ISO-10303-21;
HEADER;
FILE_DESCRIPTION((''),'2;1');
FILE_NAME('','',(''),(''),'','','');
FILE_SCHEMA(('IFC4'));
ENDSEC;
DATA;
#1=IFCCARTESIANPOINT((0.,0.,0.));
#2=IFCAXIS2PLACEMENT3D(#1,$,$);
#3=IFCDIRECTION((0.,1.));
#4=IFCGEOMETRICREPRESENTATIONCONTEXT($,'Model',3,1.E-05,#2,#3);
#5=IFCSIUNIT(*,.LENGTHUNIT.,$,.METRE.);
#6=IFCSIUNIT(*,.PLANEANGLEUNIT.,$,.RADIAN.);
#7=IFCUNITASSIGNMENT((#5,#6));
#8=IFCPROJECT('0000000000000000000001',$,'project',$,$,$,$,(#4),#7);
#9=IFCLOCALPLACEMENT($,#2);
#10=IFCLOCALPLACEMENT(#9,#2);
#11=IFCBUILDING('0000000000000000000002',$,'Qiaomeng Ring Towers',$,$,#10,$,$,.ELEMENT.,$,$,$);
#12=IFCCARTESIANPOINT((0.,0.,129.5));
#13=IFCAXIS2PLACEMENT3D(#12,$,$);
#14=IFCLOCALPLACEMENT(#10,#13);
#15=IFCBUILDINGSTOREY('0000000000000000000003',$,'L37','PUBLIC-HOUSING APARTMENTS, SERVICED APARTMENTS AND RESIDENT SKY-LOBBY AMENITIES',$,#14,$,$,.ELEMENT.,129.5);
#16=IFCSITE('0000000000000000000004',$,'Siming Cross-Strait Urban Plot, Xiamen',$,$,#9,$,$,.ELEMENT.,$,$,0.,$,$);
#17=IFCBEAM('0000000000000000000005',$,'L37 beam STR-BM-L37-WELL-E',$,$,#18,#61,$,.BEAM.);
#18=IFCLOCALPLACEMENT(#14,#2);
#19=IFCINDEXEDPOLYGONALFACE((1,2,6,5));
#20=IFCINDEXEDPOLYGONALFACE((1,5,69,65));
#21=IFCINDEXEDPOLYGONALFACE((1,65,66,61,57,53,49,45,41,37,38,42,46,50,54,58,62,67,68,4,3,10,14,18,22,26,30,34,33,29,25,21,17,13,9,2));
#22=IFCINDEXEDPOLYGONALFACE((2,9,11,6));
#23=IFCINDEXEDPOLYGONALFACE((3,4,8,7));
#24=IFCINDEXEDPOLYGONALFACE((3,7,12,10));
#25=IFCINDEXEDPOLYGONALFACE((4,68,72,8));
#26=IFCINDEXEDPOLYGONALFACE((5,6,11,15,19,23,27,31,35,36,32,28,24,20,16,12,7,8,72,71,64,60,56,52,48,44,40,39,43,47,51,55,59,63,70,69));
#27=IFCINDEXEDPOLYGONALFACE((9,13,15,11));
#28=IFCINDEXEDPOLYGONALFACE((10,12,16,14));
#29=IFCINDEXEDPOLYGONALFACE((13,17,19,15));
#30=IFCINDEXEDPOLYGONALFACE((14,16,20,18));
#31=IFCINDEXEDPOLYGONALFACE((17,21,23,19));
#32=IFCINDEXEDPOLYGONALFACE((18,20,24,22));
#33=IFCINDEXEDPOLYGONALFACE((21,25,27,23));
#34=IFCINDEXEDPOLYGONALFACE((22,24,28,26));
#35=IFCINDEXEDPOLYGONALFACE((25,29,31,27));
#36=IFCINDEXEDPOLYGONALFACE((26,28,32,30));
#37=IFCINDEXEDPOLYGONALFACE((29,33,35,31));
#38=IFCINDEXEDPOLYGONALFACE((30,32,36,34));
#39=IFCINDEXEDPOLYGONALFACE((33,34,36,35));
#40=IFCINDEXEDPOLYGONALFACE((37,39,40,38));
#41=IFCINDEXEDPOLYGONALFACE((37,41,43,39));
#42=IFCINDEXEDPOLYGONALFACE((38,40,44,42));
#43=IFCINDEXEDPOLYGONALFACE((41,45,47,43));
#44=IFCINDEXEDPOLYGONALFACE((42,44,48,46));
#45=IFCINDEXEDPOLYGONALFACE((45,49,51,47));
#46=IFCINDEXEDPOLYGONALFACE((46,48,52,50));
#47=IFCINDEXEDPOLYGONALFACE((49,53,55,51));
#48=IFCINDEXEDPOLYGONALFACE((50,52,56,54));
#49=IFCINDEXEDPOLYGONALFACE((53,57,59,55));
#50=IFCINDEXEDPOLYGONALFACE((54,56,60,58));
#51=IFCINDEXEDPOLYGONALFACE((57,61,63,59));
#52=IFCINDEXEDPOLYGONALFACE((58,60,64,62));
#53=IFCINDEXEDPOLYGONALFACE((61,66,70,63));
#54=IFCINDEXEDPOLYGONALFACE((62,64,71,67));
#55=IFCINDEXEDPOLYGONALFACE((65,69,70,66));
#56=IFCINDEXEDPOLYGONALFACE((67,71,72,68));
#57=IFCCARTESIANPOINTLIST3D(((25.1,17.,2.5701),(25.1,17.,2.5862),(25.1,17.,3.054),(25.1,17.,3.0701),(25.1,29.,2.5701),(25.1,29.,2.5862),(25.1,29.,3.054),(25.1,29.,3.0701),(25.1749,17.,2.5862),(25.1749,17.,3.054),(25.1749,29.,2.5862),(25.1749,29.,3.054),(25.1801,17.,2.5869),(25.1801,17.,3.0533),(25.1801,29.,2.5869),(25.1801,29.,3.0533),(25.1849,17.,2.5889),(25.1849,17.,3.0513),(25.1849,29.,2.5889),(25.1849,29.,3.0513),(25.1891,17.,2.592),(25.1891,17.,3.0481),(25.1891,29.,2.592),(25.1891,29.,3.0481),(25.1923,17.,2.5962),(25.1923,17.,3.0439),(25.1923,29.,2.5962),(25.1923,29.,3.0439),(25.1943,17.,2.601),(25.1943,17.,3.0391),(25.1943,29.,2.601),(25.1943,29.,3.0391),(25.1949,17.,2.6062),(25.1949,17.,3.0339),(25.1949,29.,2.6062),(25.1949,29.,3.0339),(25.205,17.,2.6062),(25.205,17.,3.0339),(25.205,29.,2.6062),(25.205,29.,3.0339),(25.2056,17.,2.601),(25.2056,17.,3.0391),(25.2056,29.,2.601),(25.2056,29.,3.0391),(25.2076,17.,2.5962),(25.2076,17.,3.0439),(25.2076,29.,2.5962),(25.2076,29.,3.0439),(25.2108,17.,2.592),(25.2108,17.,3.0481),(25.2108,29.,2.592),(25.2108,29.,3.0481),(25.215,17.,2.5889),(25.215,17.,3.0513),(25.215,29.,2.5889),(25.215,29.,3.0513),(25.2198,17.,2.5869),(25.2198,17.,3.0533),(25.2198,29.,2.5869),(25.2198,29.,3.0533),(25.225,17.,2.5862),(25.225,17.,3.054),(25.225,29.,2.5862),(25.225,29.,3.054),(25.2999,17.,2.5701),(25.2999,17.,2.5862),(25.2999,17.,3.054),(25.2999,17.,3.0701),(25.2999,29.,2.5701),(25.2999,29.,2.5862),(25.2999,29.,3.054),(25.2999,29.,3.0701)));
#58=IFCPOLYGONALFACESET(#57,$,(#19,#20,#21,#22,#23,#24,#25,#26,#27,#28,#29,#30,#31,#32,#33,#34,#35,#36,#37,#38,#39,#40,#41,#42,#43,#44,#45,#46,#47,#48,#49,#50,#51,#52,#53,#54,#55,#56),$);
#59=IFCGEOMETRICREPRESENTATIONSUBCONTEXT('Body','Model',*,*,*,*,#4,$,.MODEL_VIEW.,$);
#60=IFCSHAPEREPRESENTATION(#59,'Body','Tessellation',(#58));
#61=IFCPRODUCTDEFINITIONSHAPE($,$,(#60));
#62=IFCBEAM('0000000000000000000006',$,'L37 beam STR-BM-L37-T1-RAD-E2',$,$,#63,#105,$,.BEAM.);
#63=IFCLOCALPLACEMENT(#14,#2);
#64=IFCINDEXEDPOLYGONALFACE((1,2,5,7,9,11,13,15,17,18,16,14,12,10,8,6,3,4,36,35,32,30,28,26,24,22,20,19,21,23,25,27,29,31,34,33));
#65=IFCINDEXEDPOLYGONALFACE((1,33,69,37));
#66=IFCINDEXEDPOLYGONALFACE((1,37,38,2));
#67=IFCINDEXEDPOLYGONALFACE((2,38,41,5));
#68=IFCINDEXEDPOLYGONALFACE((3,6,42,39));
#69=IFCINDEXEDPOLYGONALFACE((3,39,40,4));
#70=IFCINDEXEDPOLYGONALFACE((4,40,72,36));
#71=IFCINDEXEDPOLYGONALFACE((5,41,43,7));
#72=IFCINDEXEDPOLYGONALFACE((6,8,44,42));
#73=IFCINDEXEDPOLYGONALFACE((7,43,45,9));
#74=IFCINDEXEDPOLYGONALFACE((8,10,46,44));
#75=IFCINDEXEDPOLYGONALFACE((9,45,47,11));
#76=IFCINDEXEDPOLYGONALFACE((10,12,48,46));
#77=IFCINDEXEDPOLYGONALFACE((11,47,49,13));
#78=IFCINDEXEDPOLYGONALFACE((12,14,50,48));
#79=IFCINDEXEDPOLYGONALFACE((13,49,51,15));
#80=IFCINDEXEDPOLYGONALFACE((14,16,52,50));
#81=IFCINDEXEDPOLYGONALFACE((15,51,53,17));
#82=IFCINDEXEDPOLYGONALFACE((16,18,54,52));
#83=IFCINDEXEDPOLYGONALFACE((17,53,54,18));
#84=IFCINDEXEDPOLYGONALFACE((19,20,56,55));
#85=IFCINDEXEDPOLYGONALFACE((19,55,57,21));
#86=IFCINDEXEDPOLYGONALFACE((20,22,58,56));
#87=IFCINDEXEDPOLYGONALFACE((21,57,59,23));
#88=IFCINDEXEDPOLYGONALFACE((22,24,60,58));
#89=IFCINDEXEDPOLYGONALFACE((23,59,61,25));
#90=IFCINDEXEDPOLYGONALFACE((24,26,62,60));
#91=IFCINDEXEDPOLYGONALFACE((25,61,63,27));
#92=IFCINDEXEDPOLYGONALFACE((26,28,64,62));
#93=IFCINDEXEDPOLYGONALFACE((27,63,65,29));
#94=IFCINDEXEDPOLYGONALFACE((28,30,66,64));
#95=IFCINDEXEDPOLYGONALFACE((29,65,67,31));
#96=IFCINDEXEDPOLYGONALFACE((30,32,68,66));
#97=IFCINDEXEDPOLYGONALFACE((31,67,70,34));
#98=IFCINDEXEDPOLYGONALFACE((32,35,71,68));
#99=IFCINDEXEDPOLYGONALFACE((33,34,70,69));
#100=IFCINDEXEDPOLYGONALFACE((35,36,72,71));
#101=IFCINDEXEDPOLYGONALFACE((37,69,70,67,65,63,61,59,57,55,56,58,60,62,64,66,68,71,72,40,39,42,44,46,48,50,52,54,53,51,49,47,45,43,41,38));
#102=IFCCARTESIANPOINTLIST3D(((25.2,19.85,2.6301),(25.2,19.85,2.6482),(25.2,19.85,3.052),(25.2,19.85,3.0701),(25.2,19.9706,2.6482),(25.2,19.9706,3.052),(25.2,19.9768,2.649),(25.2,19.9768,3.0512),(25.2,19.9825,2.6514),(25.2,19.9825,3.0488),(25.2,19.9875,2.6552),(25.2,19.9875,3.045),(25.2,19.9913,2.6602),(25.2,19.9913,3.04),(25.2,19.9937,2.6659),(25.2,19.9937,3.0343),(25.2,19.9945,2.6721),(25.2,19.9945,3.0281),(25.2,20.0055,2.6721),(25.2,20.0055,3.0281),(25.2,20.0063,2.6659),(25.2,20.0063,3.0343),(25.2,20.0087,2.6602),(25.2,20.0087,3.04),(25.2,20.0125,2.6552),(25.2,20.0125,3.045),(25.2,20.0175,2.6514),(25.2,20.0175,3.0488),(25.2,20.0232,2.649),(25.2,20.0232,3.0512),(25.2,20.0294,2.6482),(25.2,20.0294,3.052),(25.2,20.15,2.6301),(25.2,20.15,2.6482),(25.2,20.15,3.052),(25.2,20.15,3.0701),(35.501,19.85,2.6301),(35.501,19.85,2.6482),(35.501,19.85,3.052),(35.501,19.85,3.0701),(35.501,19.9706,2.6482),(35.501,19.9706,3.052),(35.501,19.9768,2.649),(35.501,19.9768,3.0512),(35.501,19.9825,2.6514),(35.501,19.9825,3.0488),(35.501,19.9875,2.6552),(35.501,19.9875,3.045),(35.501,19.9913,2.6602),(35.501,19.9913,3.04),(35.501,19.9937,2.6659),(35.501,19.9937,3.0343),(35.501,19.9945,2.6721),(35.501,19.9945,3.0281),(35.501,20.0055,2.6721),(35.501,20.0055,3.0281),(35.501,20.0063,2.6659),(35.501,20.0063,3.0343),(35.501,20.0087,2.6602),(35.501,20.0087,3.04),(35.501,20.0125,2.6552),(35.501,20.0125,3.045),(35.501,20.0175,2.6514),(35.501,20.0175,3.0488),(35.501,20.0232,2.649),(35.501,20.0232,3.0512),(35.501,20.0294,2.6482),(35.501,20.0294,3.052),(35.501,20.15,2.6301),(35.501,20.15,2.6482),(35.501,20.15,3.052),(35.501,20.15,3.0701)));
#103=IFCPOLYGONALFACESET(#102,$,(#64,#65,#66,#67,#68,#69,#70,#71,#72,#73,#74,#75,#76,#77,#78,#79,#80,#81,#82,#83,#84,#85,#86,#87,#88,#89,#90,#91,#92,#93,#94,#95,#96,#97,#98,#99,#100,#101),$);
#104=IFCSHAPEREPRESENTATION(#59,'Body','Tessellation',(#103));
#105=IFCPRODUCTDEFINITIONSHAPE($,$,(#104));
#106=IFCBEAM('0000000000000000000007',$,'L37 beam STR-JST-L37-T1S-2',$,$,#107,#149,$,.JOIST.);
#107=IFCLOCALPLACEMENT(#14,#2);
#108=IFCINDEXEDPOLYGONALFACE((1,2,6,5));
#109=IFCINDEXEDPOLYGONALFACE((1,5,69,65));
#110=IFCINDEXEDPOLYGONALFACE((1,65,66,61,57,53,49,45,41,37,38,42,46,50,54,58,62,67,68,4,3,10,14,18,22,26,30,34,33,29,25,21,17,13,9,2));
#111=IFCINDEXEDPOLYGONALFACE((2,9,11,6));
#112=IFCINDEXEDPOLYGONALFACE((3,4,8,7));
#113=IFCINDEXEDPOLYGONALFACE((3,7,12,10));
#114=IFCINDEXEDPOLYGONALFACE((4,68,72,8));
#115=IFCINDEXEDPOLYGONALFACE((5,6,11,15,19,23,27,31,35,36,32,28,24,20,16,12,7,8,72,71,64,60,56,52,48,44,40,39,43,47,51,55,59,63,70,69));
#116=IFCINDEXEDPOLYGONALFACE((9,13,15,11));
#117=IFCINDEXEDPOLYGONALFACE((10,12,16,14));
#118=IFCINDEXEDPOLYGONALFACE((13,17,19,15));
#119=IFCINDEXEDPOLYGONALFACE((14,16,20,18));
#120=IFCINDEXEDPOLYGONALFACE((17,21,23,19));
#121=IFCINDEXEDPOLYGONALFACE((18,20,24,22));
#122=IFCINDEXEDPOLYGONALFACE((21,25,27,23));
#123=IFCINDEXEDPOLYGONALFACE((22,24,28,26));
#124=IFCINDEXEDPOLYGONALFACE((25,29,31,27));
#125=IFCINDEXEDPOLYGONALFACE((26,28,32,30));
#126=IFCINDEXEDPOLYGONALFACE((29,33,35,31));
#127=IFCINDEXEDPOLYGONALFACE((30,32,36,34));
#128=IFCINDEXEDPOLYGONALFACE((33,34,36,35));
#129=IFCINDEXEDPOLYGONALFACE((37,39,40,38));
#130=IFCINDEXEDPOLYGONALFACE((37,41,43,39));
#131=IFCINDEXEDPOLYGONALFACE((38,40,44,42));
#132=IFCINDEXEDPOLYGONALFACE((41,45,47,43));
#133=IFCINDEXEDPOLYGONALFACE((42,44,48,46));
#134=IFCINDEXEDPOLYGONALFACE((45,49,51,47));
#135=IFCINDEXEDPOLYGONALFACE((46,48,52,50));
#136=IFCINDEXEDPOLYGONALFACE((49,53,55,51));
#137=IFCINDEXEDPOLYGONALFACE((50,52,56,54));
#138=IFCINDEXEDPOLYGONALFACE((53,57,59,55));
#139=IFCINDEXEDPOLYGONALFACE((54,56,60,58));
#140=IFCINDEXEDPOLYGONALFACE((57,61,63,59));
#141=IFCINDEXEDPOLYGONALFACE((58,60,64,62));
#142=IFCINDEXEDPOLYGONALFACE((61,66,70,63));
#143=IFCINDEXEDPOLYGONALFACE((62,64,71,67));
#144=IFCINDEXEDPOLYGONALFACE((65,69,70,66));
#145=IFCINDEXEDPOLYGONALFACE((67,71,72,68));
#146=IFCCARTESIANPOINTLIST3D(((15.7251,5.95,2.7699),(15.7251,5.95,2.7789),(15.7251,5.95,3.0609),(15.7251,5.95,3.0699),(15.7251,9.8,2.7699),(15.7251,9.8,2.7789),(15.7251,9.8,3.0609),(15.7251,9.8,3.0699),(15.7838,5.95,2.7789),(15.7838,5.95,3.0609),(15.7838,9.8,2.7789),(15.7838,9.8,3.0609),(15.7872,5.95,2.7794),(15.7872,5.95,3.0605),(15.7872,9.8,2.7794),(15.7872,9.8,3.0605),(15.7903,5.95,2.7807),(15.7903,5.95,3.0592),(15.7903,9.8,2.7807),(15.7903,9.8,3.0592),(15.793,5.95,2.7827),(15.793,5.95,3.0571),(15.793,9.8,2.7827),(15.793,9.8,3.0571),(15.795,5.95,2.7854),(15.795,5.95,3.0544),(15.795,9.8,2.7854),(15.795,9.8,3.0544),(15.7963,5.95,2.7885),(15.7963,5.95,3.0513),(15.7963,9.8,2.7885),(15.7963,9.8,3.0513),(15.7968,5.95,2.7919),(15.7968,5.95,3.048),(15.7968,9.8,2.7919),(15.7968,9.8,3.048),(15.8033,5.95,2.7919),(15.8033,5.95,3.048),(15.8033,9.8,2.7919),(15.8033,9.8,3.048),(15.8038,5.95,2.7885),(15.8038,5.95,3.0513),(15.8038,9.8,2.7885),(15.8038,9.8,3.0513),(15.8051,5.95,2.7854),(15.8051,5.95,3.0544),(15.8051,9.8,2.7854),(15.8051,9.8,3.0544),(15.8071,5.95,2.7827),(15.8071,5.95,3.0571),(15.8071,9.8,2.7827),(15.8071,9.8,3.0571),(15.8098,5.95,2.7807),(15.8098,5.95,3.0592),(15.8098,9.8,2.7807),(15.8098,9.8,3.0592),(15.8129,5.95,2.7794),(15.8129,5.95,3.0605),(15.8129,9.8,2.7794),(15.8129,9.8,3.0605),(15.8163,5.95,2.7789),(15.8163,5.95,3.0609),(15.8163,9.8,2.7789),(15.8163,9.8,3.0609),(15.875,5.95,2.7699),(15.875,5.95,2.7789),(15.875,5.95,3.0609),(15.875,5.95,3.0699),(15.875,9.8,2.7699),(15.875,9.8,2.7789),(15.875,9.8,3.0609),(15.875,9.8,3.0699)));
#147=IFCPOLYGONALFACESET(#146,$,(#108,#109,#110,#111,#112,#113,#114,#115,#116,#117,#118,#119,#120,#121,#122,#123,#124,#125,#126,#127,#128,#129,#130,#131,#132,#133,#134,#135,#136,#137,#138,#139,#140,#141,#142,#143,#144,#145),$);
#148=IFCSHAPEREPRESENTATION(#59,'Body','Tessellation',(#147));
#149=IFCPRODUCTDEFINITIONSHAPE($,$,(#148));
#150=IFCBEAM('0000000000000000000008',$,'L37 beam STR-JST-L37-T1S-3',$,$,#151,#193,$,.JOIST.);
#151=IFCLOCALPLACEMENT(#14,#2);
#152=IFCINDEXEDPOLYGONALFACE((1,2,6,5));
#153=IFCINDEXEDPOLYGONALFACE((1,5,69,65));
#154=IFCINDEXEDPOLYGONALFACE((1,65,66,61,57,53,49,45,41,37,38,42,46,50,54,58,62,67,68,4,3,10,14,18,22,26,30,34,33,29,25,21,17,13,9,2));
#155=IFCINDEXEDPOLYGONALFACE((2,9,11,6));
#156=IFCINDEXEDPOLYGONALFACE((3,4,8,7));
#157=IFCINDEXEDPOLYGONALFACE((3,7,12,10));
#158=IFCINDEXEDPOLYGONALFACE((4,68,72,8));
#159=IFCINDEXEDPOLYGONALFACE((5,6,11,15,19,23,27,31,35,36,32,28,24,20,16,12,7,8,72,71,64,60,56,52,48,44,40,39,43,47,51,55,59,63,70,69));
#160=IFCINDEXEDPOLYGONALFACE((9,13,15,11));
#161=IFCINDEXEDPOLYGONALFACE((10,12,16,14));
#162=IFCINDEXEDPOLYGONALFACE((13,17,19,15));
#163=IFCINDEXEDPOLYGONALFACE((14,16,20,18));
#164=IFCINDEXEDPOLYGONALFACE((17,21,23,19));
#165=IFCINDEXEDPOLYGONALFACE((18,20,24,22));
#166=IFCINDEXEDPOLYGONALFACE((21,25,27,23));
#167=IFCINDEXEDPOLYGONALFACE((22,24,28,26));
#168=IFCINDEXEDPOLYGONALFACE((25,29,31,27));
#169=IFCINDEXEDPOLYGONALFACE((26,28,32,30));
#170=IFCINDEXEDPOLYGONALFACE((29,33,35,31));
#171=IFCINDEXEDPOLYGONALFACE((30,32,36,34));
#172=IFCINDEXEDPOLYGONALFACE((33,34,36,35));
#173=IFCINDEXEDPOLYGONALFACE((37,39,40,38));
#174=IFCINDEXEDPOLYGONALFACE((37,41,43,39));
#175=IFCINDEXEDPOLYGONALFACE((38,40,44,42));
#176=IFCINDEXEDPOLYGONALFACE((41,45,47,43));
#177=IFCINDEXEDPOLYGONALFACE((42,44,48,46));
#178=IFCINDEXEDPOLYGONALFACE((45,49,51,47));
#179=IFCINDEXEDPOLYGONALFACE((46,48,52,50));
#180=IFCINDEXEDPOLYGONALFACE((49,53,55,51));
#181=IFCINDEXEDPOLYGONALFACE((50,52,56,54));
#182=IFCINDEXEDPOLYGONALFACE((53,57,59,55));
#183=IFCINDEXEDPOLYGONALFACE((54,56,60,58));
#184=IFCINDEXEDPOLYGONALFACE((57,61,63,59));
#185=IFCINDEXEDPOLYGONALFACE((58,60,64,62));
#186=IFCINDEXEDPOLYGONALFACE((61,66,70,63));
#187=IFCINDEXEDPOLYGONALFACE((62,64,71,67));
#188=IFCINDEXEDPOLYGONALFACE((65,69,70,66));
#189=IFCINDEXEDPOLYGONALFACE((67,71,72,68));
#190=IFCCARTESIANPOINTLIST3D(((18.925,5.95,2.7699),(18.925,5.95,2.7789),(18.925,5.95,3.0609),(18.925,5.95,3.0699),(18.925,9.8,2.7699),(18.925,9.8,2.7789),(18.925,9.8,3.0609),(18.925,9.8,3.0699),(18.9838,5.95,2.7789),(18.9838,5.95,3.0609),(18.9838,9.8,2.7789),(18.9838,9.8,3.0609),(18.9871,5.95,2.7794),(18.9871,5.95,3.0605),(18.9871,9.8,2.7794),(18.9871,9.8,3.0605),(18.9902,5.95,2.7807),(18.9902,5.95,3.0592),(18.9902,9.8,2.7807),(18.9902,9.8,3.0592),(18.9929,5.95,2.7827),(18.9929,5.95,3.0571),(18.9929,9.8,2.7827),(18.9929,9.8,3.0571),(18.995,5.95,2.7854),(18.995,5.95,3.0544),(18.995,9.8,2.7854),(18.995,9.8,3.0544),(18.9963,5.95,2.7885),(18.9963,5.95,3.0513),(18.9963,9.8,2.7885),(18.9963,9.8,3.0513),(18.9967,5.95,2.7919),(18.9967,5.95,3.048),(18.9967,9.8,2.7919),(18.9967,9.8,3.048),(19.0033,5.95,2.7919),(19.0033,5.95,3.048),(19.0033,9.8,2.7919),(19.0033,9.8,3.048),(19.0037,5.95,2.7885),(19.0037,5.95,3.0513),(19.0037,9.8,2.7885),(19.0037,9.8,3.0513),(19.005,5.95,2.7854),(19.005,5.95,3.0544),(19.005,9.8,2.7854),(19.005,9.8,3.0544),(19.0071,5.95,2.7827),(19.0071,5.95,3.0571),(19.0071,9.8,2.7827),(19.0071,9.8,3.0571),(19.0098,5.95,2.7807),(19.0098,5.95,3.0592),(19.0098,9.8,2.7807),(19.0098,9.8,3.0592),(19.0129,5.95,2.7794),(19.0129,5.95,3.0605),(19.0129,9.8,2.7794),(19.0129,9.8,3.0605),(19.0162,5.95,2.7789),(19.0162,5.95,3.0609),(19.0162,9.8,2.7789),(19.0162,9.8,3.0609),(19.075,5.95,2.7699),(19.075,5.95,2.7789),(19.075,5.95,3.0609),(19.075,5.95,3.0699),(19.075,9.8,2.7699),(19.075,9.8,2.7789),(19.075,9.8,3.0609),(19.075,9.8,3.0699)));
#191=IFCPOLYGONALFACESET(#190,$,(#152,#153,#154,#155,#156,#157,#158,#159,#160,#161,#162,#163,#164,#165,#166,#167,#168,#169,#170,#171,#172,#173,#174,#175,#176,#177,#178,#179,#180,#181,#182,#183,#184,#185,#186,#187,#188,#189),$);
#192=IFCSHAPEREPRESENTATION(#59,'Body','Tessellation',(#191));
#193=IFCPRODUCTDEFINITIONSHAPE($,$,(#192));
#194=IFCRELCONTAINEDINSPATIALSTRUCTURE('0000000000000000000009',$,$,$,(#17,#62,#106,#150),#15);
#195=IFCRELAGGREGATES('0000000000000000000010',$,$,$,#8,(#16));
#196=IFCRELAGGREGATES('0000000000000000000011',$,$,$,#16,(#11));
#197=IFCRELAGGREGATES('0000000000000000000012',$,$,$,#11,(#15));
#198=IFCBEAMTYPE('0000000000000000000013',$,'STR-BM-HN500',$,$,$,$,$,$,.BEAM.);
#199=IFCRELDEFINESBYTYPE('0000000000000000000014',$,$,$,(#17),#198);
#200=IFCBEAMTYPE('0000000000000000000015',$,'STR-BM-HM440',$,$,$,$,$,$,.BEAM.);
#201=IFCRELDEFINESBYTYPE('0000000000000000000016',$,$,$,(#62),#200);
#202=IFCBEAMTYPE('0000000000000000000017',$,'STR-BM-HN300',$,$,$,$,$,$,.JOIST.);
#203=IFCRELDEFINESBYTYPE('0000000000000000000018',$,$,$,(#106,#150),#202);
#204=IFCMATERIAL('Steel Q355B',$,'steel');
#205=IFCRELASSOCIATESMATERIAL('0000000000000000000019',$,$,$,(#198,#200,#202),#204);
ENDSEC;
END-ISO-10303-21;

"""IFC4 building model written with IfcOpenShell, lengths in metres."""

from ifc_helpers import new_model, si_unit, direction, frame, origin, origin_2d, place, context, subcontext, project, spatial, i_section, extrude, source, transform, mapped, material, material_profile, profile_set, type_object, element, save


model = new_model("IFC4")

# Units and contexts
model_context = context("Model", 3, precision=1e-05, world=origin(), true_north=direction((0.0, 1.0)))
body_context = subcontext(model_context, "Body", "Model", "MODEL_VIEW")
ifc_project = project(units=[si_unit("LENGTHUNIT", "METRE"), si_unit("PLANEANGLEUNIT", "RADIAN")], contexts=[model_context])

# Site, building, storey
site_placement = place(None, origin())
site = spatial("IfcSite", under=ifc_project, at=site_placement, Name="Siming Cross-Strait Urban Plot, Xiamen", CompositionType="ELEMENT", RefElevation=0.0)
building_placement = place(site_placement, origin())
building = spatial("IfcBuilding", under=site, at=building_placement, Name="Qiaomeng Ring Towers", CompositionType="ELEMENT")
storey_placement = place(building_placement, frame((0.0, 0.0, 129.5)))
storey = spatial("IfcBuildingStorey", under=building, at=storey_placement, Name="L37", Description="PUBLIC-HOUSING APARTMENTS, SERVICED APARTMENTS AND RESIDENT SKY-LOBBY AMENITIES", CompositionType="ELEMENT", Elevation=129.5)

# Beams
ifc_material_1 = material(Name="Steel Q355B", Category="steel")
ifc_material_profile_1 = material_profile(ifc_material_1, i_section(OverallWidth=0.2, OverallDepth=0.5, WebThickness=0.01, FlangeThickness=0.0161, FilletRadius=0.02, at=origin_2d()), Name="HN 500x200x10x16")
ifc_profile_set_1 = profile_set([ifc_material_profile_1], Name="Steel Q355B")
beam_type_1 = type_object("IfcBeamType", Name="STR-BM-HN500", PredefinedType="BEAM", material=ifc_profile_set_1)
shared_shape_1 = source(origin(), body_context, "Body", "SweptSolid", [
    extrude(i_section(OverallWidth=0.2, OverallDepth=0.5, WebThickness=0.01, FlangeThickness=0.0161, FilletRadius=0.02, at=origin_2d()), origin(), (0.0, 0.0, 1.0), 12.0),
])
beam_1_placement = place(storey_placement, frame((25.2, 17.0, 2.8201), z_axis=(0.0, 1.0, 0.0), x_axis=(-1.0, 0.0, 0.0)))
element("IfcBeam", 1, at=beam_1_placement, inside=storey, type_object=beam_type_1, Name="L37 beam STR-BM-L37-WELL-E", PredefinedType="BEAM", context=body_context, shape_type="MappedRepresentation", body=[
    mapped(shared_shape_1, transform((0.0, 0.0, 0.0), x_axis=(1.0, 0.0, 0.0), y_axis=(0.0, 1.0, 0.0), z_axis=(0.0, 0.0, 1.0), scale=1.0)),
])
ifc_material_profile_2 = material_profile(ifc_material_1, i_section(OverallWidth=0.3, OverallDepth=0.4399, WebThickness=0.011, FlangeThickness=0.0181, FilletRadius=0.0239, at=origin_2d()), Name="HM 440x300x11x18")
ifc_profile_set_2 = profile_set([ifc_material_profile_2], Name="Steel Q355B")
beam_type_2 = type_object("IfcBeamType", Name="STR-BM-HM440", PredefinedType="BEAM", material=ifc_profile_set_2)
shared_shape_2 = source(origin(), body_context, "Body", "SweptSolid", [
    extrude(i_section(OverallWidth=0.3, OverallDepth=0.4399, WebThickness=0.011, FlangeThickness=0.0181, FilletRadius=0.0239, at=origin_2d()), origin(), (0.0, 0.0, 1.0), 10.301),
])
beam_2_placement = place(storey_placement, frame((25.2, 20.0, 2.8501), z_axis=(1.0, 0.0, 0.0), x_axis=(0.0, 1.0, 0.0)))
element("IfcBeam", 2, at=beam_2_placement, inside=storey, type_object=beam_type_2, Name="L37 beam STR-BM-L37-T1-RAD-E2", PredefinedType="BEAM", context=body_context, shape_type="MappedRepresentation", body=[
    mapped(shared_shape_2, transform((0.0, 0.0, 0.0), x_axis=(1.0, 0.0, 0.0), y_axis=(0.0, 1.0, 0.0), z_axis=(0.0, 0.0, 1.0), scale=1.0)),
])
ifc_material_profile_3 = material_profile(ifc_material_1, i_section(OverallWidth=0.1499, OverallDepth=0.3, WebThickness=0.0066, FlangeThickness=0.009, FilletRadius=0.0129, at=origin_2d()), Name="HN 300x150x6.5x9")
ifc_profile_set_3 = profile_set([ifc_material_profile_3], Name="Steel Q355B")
beam_type_3 = type_object("IfcBeamType", Name="STR-BM-HN300", PredefinedType="JOIST", material=ifc_profile_set_3)
shared_shape_3 = source(origin(), body_context, "Body", "SweptSolid", [
    extrude(i_section(OverallWidth=0.1499, OverallDepth=0.3, WebThickness=0.0066, FlangeThickness=0.009, FilletRadius=0.0129, at=origin_2d()), origin(), (0.0, 0.0, 1.0), 3.8501),
])
for number, where, z_axis, x_axis, name in (
    (3, (15.8, 5.95, 2.9199), (0.0, 1.0, 0.0), (-1.0, 0.0, 0.0), "L37 beam STR-JST-L37-T1S-2"),
    (4, (19.0, 5.95, 2.9199), (0.0, 1.0, 0.0), (-1.0, 0.0, 0.0), "L37 beam STR-JST-L37-T1S-3"),
):
    element("IfcBeam", number, at=place(storey_placement, frame(where, z_axis=z_axis, x_axis=x_axis)), inside=storey, type_object=beam_type_3, Name=name, PredefinedType="JOIST", context=body_context, shape_type="MappedRepresentation", body=[
        mapped(shared_shape_3, transform((0.0, 0.0, 0.0), x_axis=(1.0, 0.0, 0.0), y_axis=(0.0, 1.0, 0.0), z_axis=(0.0, 0.0, 1.0), scale=1.0)),
    ])

save(model, "model.ifc")
